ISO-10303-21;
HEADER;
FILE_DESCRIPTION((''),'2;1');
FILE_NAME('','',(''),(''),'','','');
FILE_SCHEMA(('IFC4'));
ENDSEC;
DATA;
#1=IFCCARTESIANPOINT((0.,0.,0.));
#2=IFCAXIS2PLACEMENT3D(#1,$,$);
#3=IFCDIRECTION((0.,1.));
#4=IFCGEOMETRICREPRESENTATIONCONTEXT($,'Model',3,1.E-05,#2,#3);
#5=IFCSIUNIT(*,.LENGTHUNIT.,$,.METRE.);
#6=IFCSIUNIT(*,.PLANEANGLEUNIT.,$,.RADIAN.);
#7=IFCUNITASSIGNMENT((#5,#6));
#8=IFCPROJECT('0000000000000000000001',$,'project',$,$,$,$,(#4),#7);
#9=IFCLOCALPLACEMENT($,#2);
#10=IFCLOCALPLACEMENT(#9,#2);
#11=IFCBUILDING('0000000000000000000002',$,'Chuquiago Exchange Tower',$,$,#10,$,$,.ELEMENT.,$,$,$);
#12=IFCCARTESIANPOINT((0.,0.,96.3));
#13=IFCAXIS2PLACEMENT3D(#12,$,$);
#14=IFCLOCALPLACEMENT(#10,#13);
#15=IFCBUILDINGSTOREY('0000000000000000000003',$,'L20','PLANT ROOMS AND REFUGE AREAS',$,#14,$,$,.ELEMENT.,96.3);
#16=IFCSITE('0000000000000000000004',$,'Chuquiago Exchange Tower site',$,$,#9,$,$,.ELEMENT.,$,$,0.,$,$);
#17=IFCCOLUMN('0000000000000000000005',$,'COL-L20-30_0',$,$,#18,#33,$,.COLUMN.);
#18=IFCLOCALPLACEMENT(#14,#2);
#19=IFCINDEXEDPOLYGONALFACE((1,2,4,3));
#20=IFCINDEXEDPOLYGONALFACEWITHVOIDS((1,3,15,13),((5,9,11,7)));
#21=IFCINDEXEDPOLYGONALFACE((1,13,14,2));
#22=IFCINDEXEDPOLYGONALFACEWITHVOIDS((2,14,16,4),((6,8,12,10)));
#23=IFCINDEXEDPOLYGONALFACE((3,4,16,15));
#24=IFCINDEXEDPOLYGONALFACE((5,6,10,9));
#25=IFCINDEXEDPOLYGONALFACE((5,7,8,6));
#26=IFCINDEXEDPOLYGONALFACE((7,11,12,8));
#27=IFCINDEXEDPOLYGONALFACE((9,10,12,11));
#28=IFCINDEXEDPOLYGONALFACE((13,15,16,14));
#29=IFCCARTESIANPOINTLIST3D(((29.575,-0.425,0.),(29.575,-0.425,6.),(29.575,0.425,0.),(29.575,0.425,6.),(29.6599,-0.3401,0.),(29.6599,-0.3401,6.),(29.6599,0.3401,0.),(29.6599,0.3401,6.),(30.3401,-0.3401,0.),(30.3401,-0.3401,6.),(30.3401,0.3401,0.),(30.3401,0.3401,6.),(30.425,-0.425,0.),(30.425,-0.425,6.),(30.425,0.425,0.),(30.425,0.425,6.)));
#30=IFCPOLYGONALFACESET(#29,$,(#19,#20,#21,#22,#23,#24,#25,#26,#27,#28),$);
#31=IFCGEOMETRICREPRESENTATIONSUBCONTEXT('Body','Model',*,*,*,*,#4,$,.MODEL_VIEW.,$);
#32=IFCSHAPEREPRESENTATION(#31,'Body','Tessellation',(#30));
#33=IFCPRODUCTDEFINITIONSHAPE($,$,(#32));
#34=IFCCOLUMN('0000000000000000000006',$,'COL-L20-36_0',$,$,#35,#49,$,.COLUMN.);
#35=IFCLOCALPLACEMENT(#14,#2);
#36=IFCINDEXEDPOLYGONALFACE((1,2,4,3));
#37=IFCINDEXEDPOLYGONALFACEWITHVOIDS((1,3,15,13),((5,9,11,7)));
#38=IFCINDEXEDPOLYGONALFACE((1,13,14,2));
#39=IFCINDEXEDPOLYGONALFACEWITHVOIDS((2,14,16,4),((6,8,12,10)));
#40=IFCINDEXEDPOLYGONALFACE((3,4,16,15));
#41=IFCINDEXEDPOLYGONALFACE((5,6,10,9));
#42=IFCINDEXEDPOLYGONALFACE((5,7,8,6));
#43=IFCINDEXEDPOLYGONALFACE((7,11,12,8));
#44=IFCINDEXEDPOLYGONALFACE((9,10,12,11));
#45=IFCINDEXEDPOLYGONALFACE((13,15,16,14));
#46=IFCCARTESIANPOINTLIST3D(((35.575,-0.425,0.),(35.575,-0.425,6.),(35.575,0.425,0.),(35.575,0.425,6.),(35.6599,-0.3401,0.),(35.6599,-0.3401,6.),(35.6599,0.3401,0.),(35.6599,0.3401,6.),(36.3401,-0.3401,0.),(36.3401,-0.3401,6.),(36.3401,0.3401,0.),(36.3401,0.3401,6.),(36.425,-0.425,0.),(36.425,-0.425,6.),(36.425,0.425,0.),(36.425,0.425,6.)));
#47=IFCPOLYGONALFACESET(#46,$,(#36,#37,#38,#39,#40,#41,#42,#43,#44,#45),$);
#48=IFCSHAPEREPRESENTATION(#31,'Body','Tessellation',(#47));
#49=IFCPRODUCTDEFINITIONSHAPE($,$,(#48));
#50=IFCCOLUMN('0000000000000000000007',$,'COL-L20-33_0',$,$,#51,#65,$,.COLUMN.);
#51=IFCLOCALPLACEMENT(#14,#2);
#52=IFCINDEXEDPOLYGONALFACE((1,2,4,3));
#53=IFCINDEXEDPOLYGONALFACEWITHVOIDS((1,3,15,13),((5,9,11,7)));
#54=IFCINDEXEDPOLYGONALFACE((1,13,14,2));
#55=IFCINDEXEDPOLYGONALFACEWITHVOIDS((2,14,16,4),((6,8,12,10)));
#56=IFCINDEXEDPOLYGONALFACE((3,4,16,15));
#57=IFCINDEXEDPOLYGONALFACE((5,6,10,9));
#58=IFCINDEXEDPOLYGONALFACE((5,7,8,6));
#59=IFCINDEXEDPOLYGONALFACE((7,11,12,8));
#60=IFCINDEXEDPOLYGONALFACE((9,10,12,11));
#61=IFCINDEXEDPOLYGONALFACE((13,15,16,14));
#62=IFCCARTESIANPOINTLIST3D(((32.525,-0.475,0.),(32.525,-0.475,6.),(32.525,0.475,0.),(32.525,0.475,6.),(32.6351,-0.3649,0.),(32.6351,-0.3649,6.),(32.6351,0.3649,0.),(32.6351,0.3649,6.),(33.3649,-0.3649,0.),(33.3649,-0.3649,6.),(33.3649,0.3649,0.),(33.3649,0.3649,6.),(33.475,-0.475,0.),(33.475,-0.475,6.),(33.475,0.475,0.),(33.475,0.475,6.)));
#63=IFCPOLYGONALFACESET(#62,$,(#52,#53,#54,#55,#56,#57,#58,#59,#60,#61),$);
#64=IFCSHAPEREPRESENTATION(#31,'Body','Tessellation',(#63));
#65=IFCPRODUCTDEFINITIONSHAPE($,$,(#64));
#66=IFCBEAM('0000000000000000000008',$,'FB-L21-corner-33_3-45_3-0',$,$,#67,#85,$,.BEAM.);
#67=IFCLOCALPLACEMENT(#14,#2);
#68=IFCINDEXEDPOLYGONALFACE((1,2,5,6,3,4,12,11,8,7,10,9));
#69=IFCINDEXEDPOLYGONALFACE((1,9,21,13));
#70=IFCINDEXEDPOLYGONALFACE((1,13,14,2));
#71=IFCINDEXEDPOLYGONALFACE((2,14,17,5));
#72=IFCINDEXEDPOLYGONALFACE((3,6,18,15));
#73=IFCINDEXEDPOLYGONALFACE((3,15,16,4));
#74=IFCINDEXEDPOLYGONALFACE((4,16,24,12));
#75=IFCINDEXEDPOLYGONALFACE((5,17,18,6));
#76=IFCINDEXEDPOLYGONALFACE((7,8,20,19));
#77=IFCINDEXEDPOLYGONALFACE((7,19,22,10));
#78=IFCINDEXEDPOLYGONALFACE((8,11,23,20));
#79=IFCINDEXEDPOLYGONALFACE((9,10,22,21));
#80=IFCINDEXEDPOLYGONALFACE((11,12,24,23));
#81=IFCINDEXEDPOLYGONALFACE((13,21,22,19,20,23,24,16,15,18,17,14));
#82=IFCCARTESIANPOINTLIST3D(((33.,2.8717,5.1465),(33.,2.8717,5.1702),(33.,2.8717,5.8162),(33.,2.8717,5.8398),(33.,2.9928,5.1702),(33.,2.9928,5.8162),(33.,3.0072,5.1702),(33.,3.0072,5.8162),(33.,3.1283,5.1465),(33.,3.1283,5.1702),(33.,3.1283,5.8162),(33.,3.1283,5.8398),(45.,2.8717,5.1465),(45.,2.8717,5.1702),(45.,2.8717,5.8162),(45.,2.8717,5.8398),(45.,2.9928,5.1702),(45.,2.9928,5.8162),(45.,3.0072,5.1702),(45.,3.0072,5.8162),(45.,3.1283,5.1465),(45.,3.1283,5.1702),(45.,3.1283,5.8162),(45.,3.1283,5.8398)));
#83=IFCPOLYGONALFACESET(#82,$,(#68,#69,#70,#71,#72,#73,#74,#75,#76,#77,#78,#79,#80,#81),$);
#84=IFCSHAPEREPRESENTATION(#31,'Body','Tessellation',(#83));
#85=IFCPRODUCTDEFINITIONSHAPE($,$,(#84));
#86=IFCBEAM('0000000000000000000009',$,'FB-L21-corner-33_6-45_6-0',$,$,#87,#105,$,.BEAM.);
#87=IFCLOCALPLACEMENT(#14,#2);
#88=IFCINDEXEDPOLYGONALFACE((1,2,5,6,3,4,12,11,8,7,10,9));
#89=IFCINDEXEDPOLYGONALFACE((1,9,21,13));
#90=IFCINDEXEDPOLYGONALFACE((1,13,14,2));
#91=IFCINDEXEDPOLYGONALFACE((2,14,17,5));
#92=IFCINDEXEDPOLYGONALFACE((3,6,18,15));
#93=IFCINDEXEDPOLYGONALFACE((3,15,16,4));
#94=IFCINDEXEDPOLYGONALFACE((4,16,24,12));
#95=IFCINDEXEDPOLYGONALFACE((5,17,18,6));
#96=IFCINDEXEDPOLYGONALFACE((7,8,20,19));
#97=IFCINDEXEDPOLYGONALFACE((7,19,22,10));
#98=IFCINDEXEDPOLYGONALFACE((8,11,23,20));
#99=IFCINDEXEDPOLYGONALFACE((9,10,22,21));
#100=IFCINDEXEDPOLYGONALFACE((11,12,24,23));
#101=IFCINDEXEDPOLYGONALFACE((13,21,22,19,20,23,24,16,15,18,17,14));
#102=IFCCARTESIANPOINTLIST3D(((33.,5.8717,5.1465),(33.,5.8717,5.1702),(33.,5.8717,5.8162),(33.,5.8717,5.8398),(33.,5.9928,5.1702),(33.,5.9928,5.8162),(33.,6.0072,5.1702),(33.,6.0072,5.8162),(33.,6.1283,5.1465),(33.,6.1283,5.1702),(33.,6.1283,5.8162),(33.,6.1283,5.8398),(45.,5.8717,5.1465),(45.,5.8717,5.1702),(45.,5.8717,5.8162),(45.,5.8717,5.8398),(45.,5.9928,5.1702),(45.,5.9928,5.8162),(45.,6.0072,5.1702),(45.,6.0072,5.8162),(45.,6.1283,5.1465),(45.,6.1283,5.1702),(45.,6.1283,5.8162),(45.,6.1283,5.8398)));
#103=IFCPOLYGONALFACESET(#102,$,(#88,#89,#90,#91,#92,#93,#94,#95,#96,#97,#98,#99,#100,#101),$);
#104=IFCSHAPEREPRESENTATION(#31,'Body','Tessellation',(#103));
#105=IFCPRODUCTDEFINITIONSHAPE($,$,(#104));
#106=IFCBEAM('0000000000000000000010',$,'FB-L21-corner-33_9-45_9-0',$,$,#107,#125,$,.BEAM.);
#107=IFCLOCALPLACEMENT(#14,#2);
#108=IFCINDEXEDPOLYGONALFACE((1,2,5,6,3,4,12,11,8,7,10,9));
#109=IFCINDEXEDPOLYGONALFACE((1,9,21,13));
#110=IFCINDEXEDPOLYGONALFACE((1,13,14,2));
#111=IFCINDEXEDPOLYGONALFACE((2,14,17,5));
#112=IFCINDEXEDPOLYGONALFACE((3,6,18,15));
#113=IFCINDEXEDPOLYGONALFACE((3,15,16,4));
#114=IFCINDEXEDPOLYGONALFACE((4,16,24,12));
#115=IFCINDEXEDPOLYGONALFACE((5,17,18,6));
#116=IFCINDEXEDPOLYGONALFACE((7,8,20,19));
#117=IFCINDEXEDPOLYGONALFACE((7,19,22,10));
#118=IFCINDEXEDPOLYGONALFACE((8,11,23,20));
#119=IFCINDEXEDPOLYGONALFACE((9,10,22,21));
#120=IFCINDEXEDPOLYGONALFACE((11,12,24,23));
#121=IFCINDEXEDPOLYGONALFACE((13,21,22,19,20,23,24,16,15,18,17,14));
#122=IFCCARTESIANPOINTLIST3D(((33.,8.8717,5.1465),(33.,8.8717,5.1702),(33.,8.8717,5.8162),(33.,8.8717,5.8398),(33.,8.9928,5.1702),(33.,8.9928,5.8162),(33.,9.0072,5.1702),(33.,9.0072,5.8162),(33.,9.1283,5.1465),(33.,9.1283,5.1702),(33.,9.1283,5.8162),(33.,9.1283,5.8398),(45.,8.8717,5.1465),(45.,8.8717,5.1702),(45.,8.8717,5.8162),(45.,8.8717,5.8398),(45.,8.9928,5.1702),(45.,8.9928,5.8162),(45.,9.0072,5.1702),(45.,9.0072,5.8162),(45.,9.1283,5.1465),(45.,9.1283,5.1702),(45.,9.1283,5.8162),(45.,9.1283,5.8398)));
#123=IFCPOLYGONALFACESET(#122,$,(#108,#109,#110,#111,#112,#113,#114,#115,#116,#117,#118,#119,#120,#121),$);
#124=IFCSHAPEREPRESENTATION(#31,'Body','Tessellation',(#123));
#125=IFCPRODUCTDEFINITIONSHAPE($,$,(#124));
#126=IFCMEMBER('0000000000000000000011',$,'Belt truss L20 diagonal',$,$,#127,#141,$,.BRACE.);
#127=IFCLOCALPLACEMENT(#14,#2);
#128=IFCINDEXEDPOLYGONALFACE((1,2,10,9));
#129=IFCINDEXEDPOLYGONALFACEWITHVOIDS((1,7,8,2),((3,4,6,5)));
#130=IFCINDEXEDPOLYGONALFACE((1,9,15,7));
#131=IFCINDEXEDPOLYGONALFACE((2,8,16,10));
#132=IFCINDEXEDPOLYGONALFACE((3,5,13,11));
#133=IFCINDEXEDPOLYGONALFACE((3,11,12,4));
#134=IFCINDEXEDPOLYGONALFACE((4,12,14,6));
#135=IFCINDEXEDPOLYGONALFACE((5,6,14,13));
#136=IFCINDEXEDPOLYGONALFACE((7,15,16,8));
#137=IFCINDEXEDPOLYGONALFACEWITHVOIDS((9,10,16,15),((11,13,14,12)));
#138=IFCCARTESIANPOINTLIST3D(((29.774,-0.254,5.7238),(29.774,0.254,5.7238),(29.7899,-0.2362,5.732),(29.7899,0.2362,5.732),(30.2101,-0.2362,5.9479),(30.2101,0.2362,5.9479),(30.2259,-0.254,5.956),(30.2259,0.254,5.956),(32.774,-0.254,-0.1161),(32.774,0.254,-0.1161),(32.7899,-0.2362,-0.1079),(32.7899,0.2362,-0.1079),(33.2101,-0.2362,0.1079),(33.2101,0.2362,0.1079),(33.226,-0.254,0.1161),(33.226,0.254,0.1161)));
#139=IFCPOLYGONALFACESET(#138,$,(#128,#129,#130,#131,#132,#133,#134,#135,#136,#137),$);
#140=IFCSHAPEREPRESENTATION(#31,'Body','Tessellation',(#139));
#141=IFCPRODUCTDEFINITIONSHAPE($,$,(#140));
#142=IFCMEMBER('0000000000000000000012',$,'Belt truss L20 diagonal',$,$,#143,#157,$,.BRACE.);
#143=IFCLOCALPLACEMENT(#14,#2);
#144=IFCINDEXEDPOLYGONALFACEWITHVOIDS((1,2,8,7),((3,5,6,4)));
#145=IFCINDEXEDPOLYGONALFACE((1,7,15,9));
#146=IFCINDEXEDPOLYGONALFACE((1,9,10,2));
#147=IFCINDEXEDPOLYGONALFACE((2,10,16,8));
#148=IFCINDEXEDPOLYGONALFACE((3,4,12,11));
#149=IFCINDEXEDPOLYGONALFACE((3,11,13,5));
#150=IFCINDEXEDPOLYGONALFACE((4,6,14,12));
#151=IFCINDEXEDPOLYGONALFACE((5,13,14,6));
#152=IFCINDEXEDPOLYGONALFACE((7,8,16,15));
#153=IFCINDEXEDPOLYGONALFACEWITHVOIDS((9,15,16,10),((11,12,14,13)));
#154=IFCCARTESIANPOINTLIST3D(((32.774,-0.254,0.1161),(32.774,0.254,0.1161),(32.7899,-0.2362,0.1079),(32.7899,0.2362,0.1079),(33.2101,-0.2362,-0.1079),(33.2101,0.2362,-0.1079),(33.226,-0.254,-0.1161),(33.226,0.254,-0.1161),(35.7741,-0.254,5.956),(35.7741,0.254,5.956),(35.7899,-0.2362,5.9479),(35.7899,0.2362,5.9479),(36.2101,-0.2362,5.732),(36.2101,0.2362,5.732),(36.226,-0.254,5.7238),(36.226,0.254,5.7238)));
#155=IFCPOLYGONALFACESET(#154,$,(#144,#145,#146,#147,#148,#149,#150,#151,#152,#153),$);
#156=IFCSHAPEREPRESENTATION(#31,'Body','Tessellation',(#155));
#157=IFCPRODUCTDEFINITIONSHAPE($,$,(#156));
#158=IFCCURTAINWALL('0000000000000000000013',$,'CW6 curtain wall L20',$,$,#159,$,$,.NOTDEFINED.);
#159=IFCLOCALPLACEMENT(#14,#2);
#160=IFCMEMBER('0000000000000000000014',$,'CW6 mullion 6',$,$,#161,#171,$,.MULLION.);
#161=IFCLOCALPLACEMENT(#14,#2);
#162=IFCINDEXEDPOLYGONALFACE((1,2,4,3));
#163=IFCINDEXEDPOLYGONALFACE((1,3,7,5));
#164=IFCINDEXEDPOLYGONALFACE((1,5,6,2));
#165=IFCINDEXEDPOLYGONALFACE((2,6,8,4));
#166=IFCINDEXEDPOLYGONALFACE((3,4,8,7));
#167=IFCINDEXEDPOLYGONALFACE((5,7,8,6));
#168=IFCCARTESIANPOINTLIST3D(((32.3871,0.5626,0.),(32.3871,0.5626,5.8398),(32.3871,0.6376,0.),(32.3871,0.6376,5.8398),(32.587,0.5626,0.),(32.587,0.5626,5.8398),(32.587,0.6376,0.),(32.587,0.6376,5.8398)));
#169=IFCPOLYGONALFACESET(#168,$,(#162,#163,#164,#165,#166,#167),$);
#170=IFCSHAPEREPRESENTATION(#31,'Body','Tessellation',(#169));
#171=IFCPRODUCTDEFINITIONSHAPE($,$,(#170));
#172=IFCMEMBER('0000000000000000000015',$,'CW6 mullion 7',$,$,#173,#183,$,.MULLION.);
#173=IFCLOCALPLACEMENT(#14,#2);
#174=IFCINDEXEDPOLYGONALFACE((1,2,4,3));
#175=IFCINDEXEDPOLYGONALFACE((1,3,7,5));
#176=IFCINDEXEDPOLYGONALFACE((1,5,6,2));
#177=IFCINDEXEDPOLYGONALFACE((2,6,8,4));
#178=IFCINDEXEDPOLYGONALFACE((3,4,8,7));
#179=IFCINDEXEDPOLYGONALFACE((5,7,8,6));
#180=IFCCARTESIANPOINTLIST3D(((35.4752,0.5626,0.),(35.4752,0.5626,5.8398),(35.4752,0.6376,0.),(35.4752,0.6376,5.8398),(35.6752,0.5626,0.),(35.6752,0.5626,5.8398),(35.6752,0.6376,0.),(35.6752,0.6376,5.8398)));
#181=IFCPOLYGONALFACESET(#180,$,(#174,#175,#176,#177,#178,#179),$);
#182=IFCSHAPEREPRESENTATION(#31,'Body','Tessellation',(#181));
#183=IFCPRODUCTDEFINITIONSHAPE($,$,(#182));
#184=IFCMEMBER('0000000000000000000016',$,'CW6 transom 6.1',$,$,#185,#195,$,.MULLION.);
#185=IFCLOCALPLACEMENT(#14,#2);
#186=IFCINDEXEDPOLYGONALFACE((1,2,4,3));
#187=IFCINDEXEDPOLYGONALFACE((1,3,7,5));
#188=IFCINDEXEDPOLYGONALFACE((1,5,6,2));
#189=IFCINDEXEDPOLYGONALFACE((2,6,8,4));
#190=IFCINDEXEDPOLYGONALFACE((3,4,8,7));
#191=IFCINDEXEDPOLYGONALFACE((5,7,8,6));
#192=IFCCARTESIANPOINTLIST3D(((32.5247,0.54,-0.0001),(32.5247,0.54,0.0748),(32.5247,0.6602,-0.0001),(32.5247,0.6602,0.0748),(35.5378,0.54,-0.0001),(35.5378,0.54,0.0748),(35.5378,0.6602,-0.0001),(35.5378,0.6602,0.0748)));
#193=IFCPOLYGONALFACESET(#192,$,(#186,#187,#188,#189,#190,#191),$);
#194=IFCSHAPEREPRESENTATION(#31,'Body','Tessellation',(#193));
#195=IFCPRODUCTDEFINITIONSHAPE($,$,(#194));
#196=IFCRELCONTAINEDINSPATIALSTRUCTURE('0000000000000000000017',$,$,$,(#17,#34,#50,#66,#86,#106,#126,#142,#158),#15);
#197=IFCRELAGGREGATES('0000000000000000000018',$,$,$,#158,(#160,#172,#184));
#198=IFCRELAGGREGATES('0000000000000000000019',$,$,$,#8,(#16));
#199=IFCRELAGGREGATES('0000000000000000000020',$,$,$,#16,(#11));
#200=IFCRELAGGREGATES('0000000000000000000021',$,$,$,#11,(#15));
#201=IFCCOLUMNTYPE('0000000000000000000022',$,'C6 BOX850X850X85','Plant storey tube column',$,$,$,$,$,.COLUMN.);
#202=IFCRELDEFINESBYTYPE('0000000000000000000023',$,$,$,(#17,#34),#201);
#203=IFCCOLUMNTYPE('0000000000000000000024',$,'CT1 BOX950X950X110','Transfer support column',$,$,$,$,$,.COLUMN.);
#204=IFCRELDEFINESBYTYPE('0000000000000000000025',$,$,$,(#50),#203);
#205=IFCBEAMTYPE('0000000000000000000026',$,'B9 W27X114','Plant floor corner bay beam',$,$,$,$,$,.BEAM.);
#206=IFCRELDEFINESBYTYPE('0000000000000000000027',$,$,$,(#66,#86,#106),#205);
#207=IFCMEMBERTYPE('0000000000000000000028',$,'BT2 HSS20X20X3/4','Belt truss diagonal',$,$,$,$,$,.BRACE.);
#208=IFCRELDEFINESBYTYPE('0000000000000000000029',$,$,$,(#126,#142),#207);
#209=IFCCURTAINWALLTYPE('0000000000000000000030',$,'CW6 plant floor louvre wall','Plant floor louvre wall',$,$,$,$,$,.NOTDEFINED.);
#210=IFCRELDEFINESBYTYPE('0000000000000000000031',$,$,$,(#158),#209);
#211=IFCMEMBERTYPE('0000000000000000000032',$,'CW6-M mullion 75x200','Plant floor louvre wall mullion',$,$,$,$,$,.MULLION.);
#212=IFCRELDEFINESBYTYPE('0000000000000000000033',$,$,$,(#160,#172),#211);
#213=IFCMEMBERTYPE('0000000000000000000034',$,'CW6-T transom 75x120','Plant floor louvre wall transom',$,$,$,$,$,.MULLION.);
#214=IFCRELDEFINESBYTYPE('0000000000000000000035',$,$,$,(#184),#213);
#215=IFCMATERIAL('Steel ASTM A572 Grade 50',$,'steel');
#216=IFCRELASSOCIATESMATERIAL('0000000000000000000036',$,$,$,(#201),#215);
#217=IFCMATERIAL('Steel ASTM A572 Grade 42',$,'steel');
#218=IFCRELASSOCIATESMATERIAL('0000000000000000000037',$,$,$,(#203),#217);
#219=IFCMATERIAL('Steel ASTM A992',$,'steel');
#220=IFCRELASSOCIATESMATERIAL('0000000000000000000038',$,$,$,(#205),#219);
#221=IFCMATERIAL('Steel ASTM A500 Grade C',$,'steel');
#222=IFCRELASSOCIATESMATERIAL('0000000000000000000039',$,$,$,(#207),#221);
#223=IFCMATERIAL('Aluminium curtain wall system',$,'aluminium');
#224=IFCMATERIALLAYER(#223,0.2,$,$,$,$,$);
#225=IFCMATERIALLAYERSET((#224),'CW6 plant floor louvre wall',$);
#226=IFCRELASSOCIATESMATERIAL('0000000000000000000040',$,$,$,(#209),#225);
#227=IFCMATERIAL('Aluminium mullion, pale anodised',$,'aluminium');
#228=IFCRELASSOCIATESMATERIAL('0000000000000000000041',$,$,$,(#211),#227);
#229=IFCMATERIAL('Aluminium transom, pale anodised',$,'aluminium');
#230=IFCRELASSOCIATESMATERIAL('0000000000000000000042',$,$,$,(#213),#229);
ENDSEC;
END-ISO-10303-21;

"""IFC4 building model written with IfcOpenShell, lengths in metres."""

from ifc_helpers import new_model, si_unit, direction, frame, origin, origin_2d, place, context, subcontext, project, spatial, rectangle, hollow_rectangle, i_section, extrude, material, layer, layer_set, material_profile, profile_set, type_object, element, aggregate, save


model = new_model("IFC4")

# Units and contexts
model_context = context("Model", 3, precision=1e-05, world=origin(), true_north=direction((0.0, 1.0)))
body_context = subcontext(model_context, "Body", "Model", "MODEL_VIEW")
ifc_project = project(units=[si_unit("LENGTHUNIT", "METRE"), si_unit("PLANEANGLEUNIT", "RADIAN")], contexts=[model_context])

# Site, building, storey
site_placement = place(None, origin())
site = spatial("IfcSite", under=ifc_project, at=site_placement, Name="Chuquiago Exchange Tower site", CompositionType="ELEMENT", RefElevation=0.0)
building_placement = place(site_placement, origin())
building = spatial("IfcBuilding", under=site, at=building_placement, Name="Chuquiago Exchange Tower", CompositionType="ELEMENT")
storey_placement = place(building_placement, frame((0.0, 0.0, 96.3)))
storey = spatial("IfcBuildingStorey", under=building, at=storey_placement, Name="L20", Description="PLANT ROOMS AND REFUGE AREAS", CompositionType="ELEMENT", Elevation=96.3)

# Columns
ifc_material_1 = material(Name="Steel ASTM A572 Grade 50", Category="steel")
ifc_material_profile_1 = material_profile(ifc_material_1, hollow_rectangle(XDim=0.8501, YDim=0.8501, WallThickness=0.085, at=origin_2d()), Name="BOX850X850X85")
ifc_profile_set_1 = profile_set([ifc_material_profile_1], Name="Steel ASTM A572 Grade 50")
column_type_1 = type_object("IfcColumnType", Name="C6 BOX850X850X85", Description="Plant storey tube column", PredefinedType="COLUMN", material=ifc_profile_set_1)
for number, where, z_axis, x_axis, name in (
    (1, (30.0, 0.0, 0.0), (0.0, 0.0, 1.0), (0.0, -1.0, 0.0), "COL-L20-30_0"),
    (2, (36.0, 0.0, 0.0), (0.0, 0.0, 1.0), (0.0, -1.0, 0.0), "COL-L20-36_0"),
):
    element("IfcColumn", number, at=place(storey_placement, frame(where, z_axis=z_axis, x_axis=x_axis)), inside=storey, type_object=column_type_1, Name=name, PredefinedType="COLUMN", context=body_context, shape_type="SweptSolid", body=[
        extrude(hollow_rectangle(XDim=0.8501, YDim=0.8501, WallThickness=0.085, at=origin_2d()), origin(), (0.0, 0.0, 1.0), 6.0),
    ])
ifc_material_2 = material(Name="Steel ASTM A572 Grade 42", Category="steel")
ifc_material_profile_2 = material_profile(ifc_material_2, hollow_rectangle(XDim=0.95, YDim=0.95, WallThickness=0.1101, at=origin_2d()), Name="BOX950X950X110")
ifc_profile_set_2 = profile_set([ifc_material_profile_2], Name="Steel ASTM A572 Grade 42")
column_type_2 = type_object("IfcColumnType", Name="CT1 BOX950X950X110", Description="Transfer support column", PredefinedType="COLUMN", material=ifc_profile_set_2)
column_placement = place(storey_placement, frame((33.0, 0.0, 0.0), z_axis=(0.0, 0.0, 1.0), x_axis=(0.0, -1.0, 0.0)))
element("IfcColumn", 3, at=column_placement, inside=storey, type_object=column_type_2, Name="COL-L20-33_0", PredefinedType="COLUMN", context=body_context, shape_type="SweptSolid", body=[
    extrude(hollow_rectangle(XDim=0.95, YDim=0.95, WallThickness=0.1101, at=origin_2d()), origin(), (0.0, 0.0, 1.0), 6.0),
])

# Beams
ifc_material_3 = material(Name="Steel ASTM A992", Category="steel")
ifc_material_profile_3 = material_profile(ifc_material_3, i_section(OverallWidth=0.2566, OverallDepth=0.6934, WebThickness=0.0144, FlangeThickness=0.0237, at=origin_2d()), Name="W27X114")
ifc_profile_set_3 = profile_set([ifc_material_profile_3], Name="Steel ASTM A992")
beam_type_1 = type_object("IfcBeamType", Name="B9 W27X114", Description="Plant floor corner bay beam", PredefinedType="BEAM", material=ifc_profile_set_3)
for number, where, z_axis, x_axis, name in (
    (4, (33.0, 3.0, 5.4932), (1.0, 0.0, 0.0), (0.0, 1.0, 0.0), "FB-L21-corner-33_3-45_3-0"),
    (5, (33.0, 6.0, 5.4932), (1.0, 0.0, 0.0), (0.0, 1.0, 0.0), "FB-L21-corner-33_6-45_6-0"),
    (6, (33.0, 9.0, 5.4932), (1.0, 0.0, 0.0), (0.0, 1.0, 0.0), "FB-L21-corner-33_9-45_9-0"),
):
    element("IfcBeam", number, at=place(storey_placement, frame(where, z_axis=z_axis, x_axis=x_axis)), inside=storey, type_object=beam_type_1, Name=name, PredefinedType="BEAM", context=body_context, shape_type="SweptSolid", body=[
        extrude(i_section(OverallWidth=0.2566, OverallDepth=0.6934, WebThickness=0.0144, FlangeThickness=0.0237, at=origin_2d()), origin(), (0.0, 0.0, 1.0), 12.0),
    ])

# Members
ifc_material_4 = material(Name="Steel ASTM A500 Grade C", Category="steel")
ifc_material_profile_4 = material_profile(ifc_material_4, hollow_rectangle(XDim=0.5081, YDim=0.5081, WallThickness=0.0178, at=origin_2d()), Name="HSS20X20X3/4")
ifc_profile_set_4 = profile_set([ifc_material_profile_4], Name="Steel ASTM A500 Grade C")
member_type_1 = type_object("IfcMemberType", Name="BT2 HSS20X20X3/4", Description="Belt truss diagonal", PredefinedType="BRACE", material=ifc_profile_set_4)
for number, where, z_axis, x_axis, name in (
    (7, (33.0, 0.0, 0.0), (-0.456945, 0.0, 0.889495), (0.0, -1.0, 0.0), "Belt truss L20 diagonal"),
    (8, (33.0, 0.0, 0.0), (0.456945, 0.0, 0.889495), (0.0, 1.0, 0.0), "Belt truss L20 diagonal"),
):
    element("IfcMember", number, at=place(storey_placement, frame(where, z_axis=z_axis, x_axis=x_axis)), inside=storey, type_object=member_type_1, Name=name, PredefinedType="BRACE", context=body_context, shape_type="SweptSolid", body=[
        extrude(hollow_rectangle(XDim=0.5081, YDim=0.5081, WallThickness=0.0178, at=origin_2d()), origin(), (0.0, 0.0, 1.0), 6.5654),
    ])

# Curtain wall, members
ifc_material_5 = material(Name="Aluminium curtain wall system", Category="aluminium")
ifc_layer_1 = layer(ifc_material_5, 0.2)
ifc_layer_set_1 = layer_set([ifc_layer_1], Name="CW6 plant floor louvre wall")
curtain_wall_type = type_object("IfcCurtainWallType", Name="CW6 plant floor louvre wall", Description="Plant floor louvre wall", PredefinedType="NOTDEFINED", material=ifc_layer_set_1)
curtain_wall_placement = place(storey_placement, origin())
curtain_wall = element("IfcCurtainWall", 9, at=curtain_wall_placement, inside=storey, type_object=curtain_wall_type, Name="CW6 curtain wall L20", PredefinedType="NOTDEFINED")
ifc_material_6 = material(Name="Aluminium mullion, pale anodised", Category="aluminium")
ifc_material_profile_5 = material_profile(ifc_material_6, rectangle(XDim=0.075, YDim=0.2, at=origin_2d()), Name="AL 75x200")
ifc_profile_set_5 = profile_set([ifc_material_profile_5], Name="Aluminium mullion, pale anodised")
member_type_2 = type_object("IfcMemberType", Name="CW6-M mullion 75x200", Description="Plant floor louvre wall mullion", PredefinedType="MULLION", material=ifc_profile_set_5)
member_1_placement = place(storey_placement, frame((32.4871, 0.6001, 0.0), z_axis=(0.0, 0.0, 1.0), x_axis=(0.0, 1.0, 0.0)))
member_1 = element("IfcMember", 10, at=member_1_placement, type_object=member_type_2, Name="CW6 mullion 6", PredefinedType="MULLION", context=body_context, shape_type="SweptSolid", body=[
    extrude(rectangle(XDim=0.075, YDim=0.2, at=origin_2d()), origin(), (0.0, 0.0, 1.0), 5.8398),
])
member_2_placement = place(storey_placement, frame((35.5752, 0.6001, 0.0), z_axis=(0.0, 0.0, 1.0), x_axis=(0.0, 1.0, 0.0)))
member_2 = element("IfcMember", 11, at=member_2_placement, type_object=member_type_2, Name="CW6 mullion 7", PredefinedType="MULLION", context=body_context, shape_type="SweptSolid", body=[
    extrude(rectangle(XDim=0.075, YDim=0.2, at=origin_2d()), origin(), (0.0, 0.0, 1.0), 5.8398),
])
ifc_material_7 = material(Name="Aluminium transom, pale anodised", Category="aluminium")
ifc_material_profile_6 = material_profile(ifc_material_7, rectangle(XDim=0.1201, YDim=0.075, at=origin_2d()), Name="AL 120x75")
ifc_profile_set_6 = profile_set([ifc_material_profile_6], Name="Aluminium transom, pale anodised")
member_type_3 = type_object("IfcMemberType", Name="CW6-T transom 75x120", Description="Plant floor louvre wall transom", PredefinedType="MULLION", material=ifc_profile_set_6)
member_3_placement = place(storey_placement, frame((32.5247, 0.6001, 0.0374), z_axis=(1.0, 0.0, 0.0), x_axis=(0.0, 1.0, 0.0)))
member_3 = element("IfcMember", 12, at=member_3_placement, type_object=member_type_3, Name="CW6 transom 6.1", PredefinedType="MULLION", context=body_context, shape_type="SweptSolid", body=[
    extrude(rectangle(XDim=0.1201, YDim=0.075, at=origin_2d()), origin(), (0.0, 0.0, 1.0), 3.0132),
])

aggregate(curtain_wall, [member_1, member_2, member_3])

save(model, "model.ifc")
